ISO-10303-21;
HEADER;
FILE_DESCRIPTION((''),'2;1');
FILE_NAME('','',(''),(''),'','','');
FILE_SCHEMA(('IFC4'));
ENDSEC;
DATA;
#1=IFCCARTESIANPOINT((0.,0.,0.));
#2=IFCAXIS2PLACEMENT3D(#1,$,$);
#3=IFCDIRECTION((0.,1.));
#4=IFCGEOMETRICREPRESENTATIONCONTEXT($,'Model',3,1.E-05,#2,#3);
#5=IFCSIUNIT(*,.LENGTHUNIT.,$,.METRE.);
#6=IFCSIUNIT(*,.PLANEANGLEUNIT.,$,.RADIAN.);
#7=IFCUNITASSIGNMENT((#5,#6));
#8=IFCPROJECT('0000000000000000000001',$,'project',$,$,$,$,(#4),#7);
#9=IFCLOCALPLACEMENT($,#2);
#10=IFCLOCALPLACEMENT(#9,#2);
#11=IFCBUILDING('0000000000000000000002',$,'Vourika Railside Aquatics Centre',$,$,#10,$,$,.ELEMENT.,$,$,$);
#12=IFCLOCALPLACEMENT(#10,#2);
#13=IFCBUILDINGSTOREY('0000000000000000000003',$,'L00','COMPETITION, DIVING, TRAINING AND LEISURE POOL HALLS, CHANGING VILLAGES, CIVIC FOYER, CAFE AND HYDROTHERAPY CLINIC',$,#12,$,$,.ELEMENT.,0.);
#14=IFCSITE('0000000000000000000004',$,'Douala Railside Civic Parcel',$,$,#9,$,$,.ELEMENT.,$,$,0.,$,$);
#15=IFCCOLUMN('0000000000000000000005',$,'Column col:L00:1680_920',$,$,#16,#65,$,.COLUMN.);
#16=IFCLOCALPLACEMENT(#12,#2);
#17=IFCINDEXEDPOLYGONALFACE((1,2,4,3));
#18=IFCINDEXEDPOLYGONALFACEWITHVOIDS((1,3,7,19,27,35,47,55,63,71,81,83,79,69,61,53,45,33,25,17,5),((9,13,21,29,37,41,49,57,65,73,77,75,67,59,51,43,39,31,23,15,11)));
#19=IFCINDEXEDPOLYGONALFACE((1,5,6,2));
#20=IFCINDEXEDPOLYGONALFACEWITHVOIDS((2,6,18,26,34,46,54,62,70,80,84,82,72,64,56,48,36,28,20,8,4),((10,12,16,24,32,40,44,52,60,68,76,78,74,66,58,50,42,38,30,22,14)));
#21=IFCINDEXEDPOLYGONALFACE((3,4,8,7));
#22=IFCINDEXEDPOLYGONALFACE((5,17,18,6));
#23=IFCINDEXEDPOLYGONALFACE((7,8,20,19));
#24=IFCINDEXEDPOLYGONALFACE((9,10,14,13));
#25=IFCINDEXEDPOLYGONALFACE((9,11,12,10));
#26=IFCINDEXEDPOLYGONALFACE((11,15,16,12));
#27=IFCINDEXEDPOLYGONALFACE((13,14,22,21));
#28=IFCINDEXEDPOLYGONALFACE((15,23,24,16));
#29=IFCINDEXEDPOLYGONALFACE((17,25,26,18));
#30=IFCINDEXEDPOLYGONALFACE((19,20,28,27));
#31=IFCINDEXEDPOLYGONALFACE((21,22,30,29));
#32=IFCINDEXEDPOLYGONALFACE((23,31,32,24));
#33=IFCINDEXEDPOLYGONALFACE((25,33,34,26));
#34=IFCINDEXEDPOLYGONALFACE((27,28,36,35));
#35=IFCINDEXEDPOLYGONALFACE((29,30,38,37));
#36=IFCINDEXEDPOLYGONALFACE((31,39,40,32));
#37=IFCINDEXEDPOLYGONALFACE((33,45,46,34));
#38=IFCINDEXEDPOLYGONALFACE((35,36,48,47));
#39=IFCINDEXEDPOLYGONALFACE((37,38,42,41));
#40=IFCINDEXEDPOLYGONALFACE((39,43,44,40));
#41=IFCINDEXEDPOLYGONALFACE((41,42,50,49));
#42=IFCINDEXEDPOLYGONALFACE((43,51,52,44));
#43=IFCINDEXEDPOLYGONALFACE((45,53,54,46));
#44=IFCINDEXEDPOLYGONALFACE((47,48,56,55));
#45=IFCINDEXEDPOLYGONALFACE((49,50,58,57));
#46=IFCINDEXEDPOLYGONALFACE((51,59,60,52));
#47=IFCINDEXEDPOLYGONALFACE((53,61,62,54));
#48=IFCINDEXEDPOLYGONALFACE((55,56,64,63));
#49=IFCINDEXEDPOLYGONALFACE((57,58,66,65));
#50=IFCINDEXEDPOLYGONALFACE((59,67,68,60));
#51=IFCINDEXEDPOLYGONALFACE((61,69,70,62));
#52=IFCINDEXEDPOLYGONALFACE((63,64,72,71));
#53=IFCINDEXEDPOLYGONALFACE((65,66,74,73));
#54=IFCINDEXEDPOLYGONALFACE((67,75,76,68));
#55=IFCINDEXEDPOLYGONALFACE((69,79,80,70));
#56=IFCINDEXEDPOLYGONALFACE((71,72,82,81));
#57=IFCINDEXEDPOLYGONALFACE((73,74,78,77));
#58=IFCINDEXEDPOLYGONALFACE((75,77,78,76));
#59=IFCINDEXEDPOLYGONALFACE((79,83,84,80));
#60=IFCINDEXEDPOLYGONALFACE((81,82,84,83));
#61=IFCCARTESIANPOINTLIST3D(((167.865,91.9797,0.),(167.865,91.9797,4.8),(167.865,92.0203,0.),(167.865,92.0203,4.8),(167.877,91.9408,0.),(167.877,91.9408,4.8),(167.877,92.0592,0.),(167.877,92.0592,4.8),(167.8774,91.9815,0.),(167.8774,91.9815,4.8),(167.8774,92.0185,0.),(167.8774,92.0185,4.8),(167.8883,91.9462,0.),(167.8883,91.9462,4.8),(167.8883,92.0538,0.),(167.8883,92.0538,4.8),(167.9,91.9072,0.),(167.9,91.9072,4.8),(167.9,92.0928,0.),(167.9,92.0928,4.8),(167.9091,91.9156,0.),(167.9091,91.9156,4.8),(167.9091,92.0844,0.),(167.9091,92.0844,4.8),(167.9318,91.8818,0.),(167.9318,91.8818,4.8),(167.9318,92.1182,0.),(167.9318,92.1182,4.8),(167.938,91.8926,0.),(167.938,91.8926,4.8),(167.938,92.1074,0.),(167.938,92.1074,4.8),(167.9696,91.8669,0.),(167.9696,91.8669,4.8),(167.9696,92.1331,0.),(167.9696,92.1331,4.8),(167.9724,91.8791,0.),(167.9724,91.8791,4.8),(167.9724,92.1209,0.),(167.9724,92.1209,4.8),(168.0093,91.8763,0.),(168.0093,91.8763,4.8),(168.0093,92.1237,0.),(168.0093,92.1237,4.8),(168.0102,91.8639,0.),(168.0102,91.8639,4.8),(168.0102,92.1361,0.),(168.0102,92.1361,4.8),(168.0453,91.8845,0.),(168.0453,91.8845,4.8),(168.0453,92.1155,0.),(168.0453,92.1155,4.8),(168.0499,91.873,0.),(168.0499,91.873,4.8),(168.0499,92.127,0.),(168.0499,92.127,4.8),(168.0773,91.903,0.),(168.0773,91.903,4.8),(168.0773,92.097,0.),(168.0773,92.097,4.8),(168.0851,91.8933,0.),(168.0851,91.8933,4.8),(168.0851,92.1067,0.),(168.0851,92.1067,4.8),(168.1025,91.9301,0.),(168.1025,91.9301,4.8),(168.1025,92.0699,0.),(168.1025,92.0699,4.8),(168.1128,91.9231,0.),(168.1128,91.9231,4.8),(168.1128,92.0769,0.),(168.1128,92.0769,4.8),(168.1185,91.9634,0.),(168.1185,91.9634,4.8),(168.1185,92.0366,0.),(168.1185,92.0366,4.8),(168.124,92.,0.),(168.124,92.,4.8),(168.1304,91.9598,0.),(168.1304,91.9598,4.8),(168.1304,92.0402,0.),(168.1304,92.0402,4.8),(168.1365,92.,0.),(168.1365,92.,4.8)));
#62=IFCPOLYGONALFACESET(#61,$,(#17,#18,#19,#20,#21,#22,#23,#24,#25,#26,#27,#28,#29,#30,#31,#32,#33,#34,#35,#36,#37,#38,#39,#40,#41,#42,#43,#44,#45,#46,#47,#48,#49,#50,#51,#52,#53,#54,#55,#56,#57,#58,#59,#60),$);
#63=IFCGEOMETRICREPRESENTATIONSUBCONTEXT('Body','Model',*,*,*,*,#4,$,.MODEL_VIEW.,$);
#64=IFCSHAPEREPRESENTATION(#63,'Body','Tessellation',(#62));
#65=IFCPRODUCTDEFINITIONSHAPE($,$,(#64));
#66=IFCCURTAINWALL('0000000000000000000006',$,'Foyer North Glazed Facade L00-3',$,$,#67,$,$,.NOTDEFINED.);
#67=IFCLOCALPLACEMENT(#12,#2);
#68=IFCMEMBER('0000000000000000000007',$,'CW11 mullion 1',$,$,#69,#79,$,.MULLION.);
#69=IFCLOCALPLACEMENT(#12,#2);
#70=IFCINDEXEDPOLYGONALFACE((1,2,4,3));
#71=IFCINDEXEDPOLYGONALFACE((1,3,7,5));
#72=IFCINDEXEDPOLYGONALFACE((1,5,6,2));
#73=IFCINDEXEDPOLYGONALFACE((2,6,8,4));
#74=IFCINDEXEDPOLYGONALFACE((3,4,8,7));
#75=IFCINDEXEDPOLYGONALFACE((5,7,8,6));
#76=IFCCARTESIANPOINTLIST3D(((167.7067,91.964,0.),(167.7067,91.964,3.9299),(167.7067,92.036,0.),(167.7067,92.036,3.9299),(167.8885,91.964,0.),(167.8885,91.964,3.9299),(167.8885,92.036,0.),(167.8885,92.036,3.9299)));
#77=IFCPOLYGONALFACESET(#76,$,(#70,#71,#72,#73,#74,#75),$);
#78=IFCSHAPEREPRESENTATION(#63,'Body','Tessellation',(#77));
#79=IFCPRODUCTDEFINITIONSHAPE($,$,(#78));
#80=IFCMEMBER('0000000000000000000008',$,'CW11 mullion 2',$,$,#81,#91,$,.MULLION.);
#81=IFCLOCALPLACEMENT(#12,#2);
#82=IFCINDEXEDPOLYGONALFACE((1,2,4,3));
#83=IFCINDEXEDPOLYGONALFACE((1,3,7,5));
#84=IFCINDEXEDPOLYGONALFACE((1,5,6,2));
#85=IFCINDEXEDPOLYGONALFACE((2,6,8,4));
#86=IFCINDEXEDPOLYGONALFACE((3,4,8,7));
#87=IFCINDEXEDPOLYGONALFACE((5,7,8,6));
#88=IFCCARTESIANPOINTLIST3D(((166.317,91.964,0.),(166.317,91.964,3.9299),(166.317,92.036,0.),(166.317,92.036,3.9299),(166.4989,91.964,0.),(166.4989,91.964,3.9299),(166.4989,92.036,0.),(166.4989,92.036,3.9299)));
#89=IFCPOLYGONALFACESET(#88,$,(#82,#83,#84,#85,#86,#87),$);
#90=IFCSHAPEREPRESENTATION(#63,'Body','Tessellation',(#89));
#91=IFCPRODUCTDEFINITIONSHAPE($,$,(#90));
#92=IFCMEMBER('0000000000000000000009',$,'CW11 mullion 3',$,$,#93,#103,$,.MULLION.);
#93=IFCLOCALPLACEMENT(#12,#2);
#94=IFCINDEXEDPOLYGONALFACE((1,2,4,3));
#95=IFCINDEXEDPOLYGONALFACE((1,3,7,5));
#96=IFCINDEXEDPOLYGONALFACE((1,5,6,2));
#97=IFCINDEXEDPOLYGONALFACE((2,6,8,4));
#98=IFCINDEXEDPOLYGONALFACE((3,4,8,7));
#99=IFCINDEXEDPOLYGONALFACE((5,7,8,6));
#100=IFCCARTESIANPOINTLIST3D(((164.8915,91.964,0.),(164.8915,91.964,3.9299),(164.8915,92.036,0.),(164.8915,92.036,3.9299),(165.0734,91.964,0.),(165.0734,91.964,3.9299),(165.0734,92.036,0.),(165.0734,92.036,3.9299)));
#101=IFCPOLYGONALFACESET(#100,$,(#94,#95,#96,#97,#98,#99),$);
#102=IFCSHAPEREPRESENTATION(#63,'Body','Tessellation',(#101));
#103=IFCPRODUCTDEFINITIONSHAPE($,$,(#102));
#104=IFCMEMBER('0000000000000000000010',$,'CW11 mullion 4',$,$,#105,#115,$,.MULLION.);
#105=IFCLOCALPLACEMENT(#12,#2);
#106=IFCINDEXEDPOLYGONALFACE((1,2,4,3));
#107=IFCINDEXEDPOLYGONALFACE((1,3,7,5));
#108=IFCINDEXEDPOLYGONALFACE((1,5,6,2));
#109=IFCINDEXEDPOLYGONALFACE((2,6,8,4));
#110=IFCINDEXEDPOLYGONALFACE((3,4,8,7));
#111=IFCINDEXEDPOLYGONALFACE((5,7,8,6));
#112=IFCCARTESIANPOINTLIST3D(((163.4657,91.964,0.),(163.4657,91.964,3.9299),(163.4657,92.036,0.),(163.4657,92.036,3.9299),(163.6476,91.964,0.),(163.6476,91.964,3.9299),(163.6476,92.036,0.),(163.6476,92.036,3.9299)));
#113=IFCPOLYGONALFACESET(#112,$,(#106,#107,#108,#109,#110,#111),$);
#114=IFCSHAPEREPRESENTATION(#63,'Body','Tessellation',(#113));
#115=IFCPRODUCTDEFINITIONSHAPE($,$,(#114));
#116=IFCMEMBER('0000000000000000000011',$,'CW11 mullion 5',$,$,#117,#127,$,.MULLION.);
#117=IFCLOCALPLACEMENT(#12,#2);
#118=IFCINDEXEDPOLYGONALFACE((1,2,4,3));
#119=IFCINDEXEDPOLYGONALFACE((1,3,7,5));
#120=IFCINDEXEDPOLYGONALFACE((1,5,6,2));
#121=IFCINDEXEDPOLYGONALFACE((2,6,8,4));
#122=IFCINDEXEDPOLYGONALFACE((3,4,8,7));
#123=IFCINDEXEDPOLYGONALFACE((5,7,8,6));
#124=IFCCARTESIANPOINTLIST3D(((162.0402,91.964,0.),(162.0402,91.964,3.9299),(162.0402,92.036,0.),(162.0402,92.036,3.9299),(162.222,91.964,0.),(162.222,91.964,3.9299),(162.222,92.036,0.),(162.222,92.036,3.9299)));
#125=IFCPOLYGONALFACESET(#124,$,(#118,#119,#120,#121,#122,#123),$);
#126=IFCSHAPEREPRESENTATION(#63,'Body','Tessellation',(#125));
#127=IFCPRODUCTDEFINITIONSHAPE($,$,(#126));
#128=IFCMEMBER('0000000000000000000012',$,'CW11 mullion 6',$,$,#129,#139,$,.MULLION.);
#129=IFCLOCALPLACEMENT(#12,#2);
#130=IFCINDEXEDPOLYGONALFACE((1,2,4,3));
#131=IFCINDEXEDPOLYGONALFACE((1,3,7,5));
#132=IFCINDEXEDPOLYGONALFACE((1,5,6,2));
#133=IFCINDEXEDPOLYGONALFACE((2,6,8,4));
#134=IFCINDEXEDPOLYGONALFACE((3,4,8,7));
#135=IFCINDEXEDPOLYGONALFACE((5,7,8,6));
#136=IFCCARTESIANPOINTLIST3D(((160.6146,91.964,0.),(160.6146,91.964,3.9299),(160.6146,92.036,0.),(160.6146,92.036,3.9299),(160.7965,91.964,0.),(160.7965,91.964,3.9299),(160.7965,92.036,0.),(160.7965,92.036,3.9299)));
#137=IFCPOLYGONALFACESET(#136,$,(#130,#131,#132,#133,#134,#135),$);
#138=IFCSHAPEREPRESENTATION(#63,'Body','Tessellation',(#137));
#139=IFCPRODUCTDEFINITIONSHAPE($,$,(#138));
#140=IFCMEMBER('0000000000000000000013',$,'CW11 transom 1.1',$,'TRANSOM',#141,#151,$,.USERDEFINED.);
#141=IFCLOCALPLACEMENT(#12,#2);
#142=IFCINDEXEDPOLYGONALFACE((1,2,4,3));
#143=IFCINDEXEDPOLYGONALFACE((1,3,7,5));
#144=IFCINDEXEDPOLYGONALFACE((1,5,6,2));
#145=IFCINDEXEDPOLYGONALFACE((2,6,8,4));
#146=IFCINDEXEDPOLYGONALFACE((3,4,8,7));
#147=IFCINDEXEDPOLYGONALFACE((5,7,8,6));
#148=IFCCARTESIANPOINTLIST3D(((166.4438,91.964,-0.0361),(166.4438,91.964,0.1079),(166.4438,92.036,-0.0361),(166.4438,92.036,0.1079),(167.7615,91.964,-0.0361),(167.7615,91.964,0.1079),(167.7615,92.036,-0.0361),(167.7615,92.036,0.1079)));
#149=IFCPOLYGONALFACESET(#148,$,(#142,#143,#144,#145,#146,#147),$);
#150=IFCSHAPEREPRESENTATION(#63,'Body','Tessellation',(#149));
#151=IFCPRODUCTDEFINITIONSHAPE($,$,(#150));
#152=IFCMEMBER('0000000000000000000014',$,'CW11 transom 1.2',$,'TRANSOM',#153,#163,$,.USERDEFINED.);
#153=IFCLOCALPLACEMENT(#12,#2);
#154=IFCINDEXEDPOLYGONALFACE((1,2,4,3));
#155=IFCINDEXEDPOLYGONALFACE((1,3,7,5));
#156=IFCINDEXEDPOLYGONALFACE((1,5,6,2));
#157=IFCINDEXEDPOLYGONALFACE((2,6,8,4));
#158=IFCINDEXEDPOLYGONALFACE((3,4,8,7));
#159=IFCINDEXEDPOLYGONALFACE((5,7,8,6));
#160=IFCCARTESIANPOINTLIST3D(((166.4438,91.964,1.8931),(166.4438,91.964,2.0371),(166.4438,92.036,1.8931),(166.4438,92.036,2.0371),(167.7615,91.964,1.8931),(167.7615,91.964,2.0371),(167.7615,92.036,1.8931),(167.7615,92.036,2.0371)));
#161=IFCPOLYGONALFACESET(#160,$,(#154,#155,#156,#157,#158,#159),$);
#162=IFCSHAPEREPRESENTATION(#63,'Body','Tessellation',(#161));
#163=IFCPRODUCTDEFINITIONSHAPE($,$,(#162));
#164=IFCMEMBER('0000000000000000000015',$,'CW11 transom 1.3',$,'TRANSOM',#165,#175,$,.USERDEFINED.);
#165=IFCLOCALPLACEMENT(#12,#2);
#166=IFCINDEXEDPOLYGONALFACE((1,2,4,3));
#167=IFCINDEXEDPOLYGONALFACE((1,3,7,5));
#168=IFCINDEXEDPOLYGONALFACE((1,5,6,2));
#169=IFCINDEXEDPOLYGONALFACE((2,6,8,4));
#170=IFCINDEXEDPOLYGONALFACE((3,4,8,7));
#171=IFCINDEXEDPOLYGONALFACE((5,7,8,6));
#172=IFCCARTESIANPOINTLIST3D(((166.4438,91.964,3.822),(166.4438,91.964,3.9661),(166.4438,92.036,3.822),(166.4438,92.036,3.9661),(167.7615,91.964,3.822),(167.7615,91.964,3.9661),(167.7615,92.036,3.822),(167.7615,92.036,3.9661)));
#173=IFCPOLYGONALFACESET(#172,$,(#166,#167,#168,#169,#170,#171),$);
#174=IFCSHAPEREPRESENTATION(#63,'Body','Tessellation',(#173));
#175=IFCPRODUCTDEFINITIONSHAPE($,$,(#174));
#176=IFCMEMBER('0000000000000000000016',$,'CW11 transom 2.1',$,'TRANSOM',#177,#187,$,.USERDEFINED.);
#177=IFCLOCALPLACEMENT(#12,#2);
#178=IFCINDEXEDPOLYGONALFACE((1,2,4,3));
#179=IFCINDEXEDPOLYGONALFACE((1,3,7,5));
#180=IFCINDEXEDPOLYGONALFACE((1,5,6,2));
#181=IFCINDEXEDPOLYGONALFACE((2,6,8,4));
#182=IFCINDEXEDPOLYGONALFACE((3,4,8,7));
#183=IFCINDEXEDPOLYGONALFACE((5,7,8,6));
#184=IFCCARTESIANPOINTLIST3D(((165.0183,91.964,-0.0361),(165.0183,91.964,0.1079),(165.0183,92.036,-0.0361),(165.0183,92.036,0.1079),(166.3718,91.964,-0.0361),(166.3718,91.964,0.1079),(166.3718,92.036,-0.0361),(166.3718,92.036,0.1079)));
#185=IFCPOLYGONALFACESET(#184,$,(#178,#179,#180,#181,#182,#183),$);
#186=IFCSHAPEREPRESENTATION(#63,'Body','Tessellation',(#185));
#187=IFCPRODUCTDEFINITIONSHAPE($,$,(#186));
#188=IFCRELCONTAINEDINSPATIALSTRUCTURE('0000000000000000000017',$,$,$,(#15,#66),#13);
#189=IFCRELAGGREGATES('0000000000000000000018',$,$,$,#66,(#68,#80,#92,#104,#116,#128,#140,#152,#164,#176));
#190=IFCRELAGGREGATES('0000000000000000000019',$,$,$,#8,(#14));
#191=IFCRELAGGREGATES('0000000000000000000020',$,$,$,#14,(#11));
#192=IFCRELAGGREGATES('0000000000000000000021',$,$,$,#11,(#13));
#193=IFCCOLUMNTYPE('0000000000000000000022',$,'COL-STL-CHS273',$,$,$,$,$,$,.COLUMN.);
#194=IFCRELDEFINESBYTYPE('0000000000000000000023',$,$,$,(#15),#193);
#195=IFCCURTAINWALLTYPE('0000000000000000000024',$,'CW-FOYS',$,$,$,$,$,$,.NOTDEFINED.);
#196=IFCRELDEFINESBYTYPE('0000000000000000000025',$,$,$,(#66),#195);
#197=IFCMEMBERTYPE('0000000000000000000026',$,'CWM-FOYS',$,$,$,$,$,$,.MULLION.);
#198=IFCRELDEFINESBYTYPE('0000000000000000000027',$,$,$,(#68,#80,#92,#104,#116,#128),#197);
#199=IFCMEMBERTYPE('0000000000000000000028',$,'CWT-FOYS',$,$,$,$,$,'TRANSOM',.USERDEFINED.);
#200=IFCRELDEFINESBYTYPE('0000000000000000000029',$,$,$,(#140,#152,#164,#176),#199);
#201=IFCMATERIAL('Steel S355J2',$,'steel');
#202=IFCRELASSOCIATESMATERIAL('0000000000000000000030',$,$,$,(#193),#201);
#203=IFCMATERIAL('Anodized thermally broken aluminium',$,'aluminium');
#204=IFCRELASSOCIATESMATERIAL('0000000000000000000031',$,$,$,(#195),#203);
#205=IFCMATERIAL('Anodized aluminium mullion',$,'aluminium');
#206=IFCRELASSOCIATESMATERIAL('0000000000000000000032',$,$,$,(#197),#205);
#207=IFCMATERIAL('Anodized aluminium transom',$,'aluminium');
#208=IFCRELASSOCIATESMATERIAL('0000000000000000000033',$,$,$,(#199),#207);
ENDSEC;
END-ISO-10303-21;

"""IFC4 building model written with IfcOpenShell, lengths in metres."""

from ifc_helpers import new_model, si_unit, direction, frame, origin, origin_2d, place, context, subcontext, project, spatial, rectangle, hollow_circle, extrude, material, material_profile, profile_set, type_object, element, aggregate, save


model = new_model("IFC4")

# Units and contexts
model_context = context("Model", 3, precision=1e-05, world=origin(), true_north=direction((0.0, 1.0)))
body_context = subcontext(model_context, "Body", "Model", "MODEL_VIEW")
ifc_project = project(units=[si_unit("LENGTHUNIT", "METRE"), si_unit("PLANEANGLEUNIT", "RADIAN")], contexts=[model_context])

# Site, building, storey
site_placement = place(None, origin())
site = spatial("IfcSite", under=ifc_project, at=site_placement, Name="Douala Railside Civic Parcel", CompositionType="ELEMENT", RefElevation=0.0)
building_placement = place(site_placement, origin())
building = spatial("IfcBuilding", under=site, at=building_placement, Name="Vourika Railside Aquatics Centre", CompositionType="ELEMENT")
storey_placement = place(building_placement, origin())
storey = spatial("IfcBuildingStorey", under=building, at=storey_placement, Name="L00", Description="COMPETITION, DIVING, TRAINING AND LEISURE POOL HALLS, CHANGING VILLAGES, CIVIC FOYER, CAFE AND HYDROTHERAPY CLINIC", CompositionType="ELEMENT", Elevation=0.0)

# Column
ifc_material_1 = material(Name="Steel S355J2", Category="steel")
ifc_material_profile_1 = material_profile(ifc_material_1, hollow_circle(Radius=0.1365, WallThickness=0.0125, at=origin_2d()), Name="CHS 273x12.5")
ifc_profile_set_1 = profile_set([ifc_material_profile_1], Name="Steel S355J2")
column_type = type_object("IfcColumnType", Name="COL-STL-CHS273", PredefinedType="COLUMN", material=ifc_profile_set_1)
column_placement = place(storey_placement, frame((168.0, 92.0, 0.0), z_axis=(0.0, 0.0, 1.0), x_axis=(1.0, 0.0, 0.0)))
element("IfcColumn", 1, at=column_placement, inside=storey, type_object=column_type, Name="Column col:L00:1680_920", PredefinedType="COLUMN", context=body_context, shape_type="SweptSolid", body=[
    extrude(hollow_circle(Radius=0.1365, WallThickness=0.0125, at=origin_2d()), origin(), (0.0, 0.0, 1.0), 4.8),
])

# Curtain wall, members
ifc_material_2 = material(Name="Anodized thermally broken aluminium", Category="aluminium")
curtain_wall_type = type_object("IfcCurtainWallType", Name="CW-FOYS", PredefinedType="NOTDEFINED", material=ifc_material_2)
curtain_wall_placement = place(storey_placement, origin())
curtain_wall = element("IfcCurtainWall", 2, at=curtain_wall_placement, inside=storey, type_object=curtain_wall_type, Name="Foyer North Glazed Facade L00-3", PredefinedType="NOTDEFINED")
ifc_material_3 = material(Name="Anodized aluminium mullion", Category="aluminium")
ifc_material_profile_2 = material_profile(ifc_material_3, rectangle(XDim=0.072, YDim=0.1819, at=origin_2d()), Name="ALU-M 72x182")
ifc_profile_set_2 = profile_set([ifc_material_profile_2], Name="Anodized aluminium mullion")
member_type_1 = type_object("IfcMemberType", Name="CWM-FOYS", PredefinedType="MULLION", material=ifc_profile_set_2)
member_1_placement = place(storey_placement, frame((167.7976, 92.0, 0.0), z_axis=(0.0, 0.0, 1.0), x_axis=(0.0, -1.0, 0.0)))
member_1 = element("IfcMember", 3, at=member_1_placement, type_object=member_type_1, Name="CW11 mullion 1", PredefinedType="MULLION", context=body_context, shape_type="SweptSolid", body=[
    extrude(rectangle(XDim=0.072, YDim=0.1819, at=origin_2d()), origin(), (0.0, 0.0, 1.0), 3.9299),
])
member_2_placement = place(storey_placement, frame((166.408, 92.0, 0.0), z_axis=(0.0, 0.0, 1.0), x_axis=(0.0, -1.0, 0.0)))
member_2 = element("IfcMember", 4, at=member_2_placement, type_object=member_type_1, Name="CW11 mullion 2", PredefinedType="MULLION", context=body_context, shape_type="SweptSolid", body=[
    extrude(rectangle(XDim=0.072, YDim=0.1819, at=origin_2d()), origin(), (0.0, 0.0, 1.0), 3.9299),
])
member_3_placement = place(storey_placement, frame((164.9824, 92.0, 0.0), z_axis=(0.0, 0.0, 1.0), x_axis=(0.0, -1.0, 0.0)))
member_3 = element("IfcMember", 5, at=member_3_placement, type_object=member_type_1, Name="CW11 mullion 3", PredefinedType="MULLION", context=body_context, shape_type="SweptSolid", body=[
    extrude(rectangle(XDim=0.072, YDim=0.1819, at=origin_2d()), origin(), (0.0, 0.0, 1.0), 3.9299),
])
member_4_placement = place(storey_placement, frame((163.5566, 92.0, 0.0), z_axis=(0.0, 0.0, 1.0), x_axis=(0.0, -1.0, 0.0)))
member_4 = element("IfcMember", 6, at=member_4_placement, type_object=member_type_1, Name="CW11 mullion 4", PredefinedType="MULLION", context=body_context, shape_type="SweptSolid", body=[
    extrude(rectangle(XDim=0.072, YDim=0.1819, at=origin_2d()), origin(), (0.0, 0.0, 1.0), 3.9299),
])
member_5_placement = place(storey_placement, frame((162.1311, 92.0, 0.0), z_axis=(0.0, 0.0, 1.0), x_axis=(0.0, -1.0, 0.0)))
member_5 = element("IfcMember", 7, at=member_5_placement, type_object=member_type_1, Name="CW11 mullion 5", PredefinedType="MULLION", context=body_context, shape_type="SweptSolid", body=[
    extrude(rectangle(XDim=0.072, YDim=0.1819, at=origin_2d()), origin(), (0.0, 0.0, 1.0), 3.9299),
])
member_6_placement = place(storey_placement, frame((160.7056, 92.0, 0.0), z_axis=(0.0, 0.0, 1.0), x_axis=(0.0, -1.0, 0.0)))
member_6 = element("IfcMember", 8, at=member_6_placement, type_object=member_type_1, Name="CW11 mullion 6", PredefinedType="MULLION", context=body_context, shape_type="SweptSolid", body=[
    extrude(rectangle(XDim=0.072, YDim=0.1819, at=origin_2d()), origin(), (0.0, 0.0, 1.0), 3.9299),
])
ifc_material_4 = material(Name="Anodized aluminium transom", Category="aluminium")
ifc_material_profile_3 = material_profile(ifc_material_4, rectangle(XDim=0.072, YDim=0.144, at=origin_2d()), Name="ALU-T 72x144")
ifc_profile_set_3 = profile_set([ifc_material_profile_3], Name="Anodized aluminium transom")
member_type_2 = type_object("IfcMemberType", Name="CWT-FOYS", ElementType="TRANSOM", PredefinedType="USERDEFINED", material=ifc_profile_set_3)
member_7_placement = place(storey_placement, frame((167.7615, 92.0, 0.0359), z_axis=(-1.0, 0.0, 0.0), x_axis=(0.0, -1.0, 0.0)))
member_7 = element("IfcMember", 9, at=member_7_placement, type_object=member_type_2, Name="CW11 transom 1.1", ObjectType="TRANSOM", PredefinedType="USERDEFINED", context=body_context, shape_type="SweptSolid", body=[
    extrude(rectangle(XDim=0.072, YDim=0.144, at=origin_2d()), origin(), (0.0, 0.0, 1.0), 1.3176),
])
member_8_placement = place(storey_placement, frame((167.7615, 92.0, 1.9651), z_axis=(-1.0, 0.0, 0.0), x_axis=(0.0, -1.0, 0.0)))
member_8 = element("IfcMember", 10, at=member_8_placement, type_object=member_type_2, Name="CW11 transom 1.2", ObjectType="TRANSOM", PredefinedType="USERDEFINED", context=body_context, shape_type="SweptSolid", body=[
    extrude(rectangle(XDim=0.072, YDim=0.144, at=origin_2d()), origin(), (0.0, 0.0, 1.0), 1.3176),
])
member_9_placement = place(storey_placement, frame((167.7615, 92.0, 3.894), z_axis=(-1.0, 0.0, 0.0), x_axis=(0.0, -1.0, 0.0)))
member_9 = element("IfcMember", 11, at=member_9_placement, type_object=member_type_2, Name="CW11 transom 1.3", ObjectType="TRANSOM", PredefinedType="USERDEFINED", context=body_context, shape_type="SweptSolid", body=[
    extrude(rectangle(XDim=0.072, YDim=0.144, at=origin_2d()), origin(), (0.0, 0.0, 1.0), 1.3176),
])
member_10_placement = place(storey_placement, frame((166.3718, 92.0, 0.0359), z_axis=(-1.0, 0.0, 0.0), x_axis=(0.0, -1.0, 0.0)))
member_10 = element("IfcMember", 12, at=member_10_placement, type_object=member_type_2, Name="CW11 transom 2.1", ObjectType="TRANSOM", PredefinedType="USERDEFINED", context=body_context, shape_type="SweptSolid", body=[
    extrude(rectangle(XDim=0.072, YDim=0.144, at=origin_2d()), origin(), (0.0, 0.0, 1.0), 1.3535),
])
aggregate(curtain_wall, [member_1, member_2, member_3, member_4, member_5, member_6, member_7, member_8, member_9, member_10])

save(model, "model.ifc")
